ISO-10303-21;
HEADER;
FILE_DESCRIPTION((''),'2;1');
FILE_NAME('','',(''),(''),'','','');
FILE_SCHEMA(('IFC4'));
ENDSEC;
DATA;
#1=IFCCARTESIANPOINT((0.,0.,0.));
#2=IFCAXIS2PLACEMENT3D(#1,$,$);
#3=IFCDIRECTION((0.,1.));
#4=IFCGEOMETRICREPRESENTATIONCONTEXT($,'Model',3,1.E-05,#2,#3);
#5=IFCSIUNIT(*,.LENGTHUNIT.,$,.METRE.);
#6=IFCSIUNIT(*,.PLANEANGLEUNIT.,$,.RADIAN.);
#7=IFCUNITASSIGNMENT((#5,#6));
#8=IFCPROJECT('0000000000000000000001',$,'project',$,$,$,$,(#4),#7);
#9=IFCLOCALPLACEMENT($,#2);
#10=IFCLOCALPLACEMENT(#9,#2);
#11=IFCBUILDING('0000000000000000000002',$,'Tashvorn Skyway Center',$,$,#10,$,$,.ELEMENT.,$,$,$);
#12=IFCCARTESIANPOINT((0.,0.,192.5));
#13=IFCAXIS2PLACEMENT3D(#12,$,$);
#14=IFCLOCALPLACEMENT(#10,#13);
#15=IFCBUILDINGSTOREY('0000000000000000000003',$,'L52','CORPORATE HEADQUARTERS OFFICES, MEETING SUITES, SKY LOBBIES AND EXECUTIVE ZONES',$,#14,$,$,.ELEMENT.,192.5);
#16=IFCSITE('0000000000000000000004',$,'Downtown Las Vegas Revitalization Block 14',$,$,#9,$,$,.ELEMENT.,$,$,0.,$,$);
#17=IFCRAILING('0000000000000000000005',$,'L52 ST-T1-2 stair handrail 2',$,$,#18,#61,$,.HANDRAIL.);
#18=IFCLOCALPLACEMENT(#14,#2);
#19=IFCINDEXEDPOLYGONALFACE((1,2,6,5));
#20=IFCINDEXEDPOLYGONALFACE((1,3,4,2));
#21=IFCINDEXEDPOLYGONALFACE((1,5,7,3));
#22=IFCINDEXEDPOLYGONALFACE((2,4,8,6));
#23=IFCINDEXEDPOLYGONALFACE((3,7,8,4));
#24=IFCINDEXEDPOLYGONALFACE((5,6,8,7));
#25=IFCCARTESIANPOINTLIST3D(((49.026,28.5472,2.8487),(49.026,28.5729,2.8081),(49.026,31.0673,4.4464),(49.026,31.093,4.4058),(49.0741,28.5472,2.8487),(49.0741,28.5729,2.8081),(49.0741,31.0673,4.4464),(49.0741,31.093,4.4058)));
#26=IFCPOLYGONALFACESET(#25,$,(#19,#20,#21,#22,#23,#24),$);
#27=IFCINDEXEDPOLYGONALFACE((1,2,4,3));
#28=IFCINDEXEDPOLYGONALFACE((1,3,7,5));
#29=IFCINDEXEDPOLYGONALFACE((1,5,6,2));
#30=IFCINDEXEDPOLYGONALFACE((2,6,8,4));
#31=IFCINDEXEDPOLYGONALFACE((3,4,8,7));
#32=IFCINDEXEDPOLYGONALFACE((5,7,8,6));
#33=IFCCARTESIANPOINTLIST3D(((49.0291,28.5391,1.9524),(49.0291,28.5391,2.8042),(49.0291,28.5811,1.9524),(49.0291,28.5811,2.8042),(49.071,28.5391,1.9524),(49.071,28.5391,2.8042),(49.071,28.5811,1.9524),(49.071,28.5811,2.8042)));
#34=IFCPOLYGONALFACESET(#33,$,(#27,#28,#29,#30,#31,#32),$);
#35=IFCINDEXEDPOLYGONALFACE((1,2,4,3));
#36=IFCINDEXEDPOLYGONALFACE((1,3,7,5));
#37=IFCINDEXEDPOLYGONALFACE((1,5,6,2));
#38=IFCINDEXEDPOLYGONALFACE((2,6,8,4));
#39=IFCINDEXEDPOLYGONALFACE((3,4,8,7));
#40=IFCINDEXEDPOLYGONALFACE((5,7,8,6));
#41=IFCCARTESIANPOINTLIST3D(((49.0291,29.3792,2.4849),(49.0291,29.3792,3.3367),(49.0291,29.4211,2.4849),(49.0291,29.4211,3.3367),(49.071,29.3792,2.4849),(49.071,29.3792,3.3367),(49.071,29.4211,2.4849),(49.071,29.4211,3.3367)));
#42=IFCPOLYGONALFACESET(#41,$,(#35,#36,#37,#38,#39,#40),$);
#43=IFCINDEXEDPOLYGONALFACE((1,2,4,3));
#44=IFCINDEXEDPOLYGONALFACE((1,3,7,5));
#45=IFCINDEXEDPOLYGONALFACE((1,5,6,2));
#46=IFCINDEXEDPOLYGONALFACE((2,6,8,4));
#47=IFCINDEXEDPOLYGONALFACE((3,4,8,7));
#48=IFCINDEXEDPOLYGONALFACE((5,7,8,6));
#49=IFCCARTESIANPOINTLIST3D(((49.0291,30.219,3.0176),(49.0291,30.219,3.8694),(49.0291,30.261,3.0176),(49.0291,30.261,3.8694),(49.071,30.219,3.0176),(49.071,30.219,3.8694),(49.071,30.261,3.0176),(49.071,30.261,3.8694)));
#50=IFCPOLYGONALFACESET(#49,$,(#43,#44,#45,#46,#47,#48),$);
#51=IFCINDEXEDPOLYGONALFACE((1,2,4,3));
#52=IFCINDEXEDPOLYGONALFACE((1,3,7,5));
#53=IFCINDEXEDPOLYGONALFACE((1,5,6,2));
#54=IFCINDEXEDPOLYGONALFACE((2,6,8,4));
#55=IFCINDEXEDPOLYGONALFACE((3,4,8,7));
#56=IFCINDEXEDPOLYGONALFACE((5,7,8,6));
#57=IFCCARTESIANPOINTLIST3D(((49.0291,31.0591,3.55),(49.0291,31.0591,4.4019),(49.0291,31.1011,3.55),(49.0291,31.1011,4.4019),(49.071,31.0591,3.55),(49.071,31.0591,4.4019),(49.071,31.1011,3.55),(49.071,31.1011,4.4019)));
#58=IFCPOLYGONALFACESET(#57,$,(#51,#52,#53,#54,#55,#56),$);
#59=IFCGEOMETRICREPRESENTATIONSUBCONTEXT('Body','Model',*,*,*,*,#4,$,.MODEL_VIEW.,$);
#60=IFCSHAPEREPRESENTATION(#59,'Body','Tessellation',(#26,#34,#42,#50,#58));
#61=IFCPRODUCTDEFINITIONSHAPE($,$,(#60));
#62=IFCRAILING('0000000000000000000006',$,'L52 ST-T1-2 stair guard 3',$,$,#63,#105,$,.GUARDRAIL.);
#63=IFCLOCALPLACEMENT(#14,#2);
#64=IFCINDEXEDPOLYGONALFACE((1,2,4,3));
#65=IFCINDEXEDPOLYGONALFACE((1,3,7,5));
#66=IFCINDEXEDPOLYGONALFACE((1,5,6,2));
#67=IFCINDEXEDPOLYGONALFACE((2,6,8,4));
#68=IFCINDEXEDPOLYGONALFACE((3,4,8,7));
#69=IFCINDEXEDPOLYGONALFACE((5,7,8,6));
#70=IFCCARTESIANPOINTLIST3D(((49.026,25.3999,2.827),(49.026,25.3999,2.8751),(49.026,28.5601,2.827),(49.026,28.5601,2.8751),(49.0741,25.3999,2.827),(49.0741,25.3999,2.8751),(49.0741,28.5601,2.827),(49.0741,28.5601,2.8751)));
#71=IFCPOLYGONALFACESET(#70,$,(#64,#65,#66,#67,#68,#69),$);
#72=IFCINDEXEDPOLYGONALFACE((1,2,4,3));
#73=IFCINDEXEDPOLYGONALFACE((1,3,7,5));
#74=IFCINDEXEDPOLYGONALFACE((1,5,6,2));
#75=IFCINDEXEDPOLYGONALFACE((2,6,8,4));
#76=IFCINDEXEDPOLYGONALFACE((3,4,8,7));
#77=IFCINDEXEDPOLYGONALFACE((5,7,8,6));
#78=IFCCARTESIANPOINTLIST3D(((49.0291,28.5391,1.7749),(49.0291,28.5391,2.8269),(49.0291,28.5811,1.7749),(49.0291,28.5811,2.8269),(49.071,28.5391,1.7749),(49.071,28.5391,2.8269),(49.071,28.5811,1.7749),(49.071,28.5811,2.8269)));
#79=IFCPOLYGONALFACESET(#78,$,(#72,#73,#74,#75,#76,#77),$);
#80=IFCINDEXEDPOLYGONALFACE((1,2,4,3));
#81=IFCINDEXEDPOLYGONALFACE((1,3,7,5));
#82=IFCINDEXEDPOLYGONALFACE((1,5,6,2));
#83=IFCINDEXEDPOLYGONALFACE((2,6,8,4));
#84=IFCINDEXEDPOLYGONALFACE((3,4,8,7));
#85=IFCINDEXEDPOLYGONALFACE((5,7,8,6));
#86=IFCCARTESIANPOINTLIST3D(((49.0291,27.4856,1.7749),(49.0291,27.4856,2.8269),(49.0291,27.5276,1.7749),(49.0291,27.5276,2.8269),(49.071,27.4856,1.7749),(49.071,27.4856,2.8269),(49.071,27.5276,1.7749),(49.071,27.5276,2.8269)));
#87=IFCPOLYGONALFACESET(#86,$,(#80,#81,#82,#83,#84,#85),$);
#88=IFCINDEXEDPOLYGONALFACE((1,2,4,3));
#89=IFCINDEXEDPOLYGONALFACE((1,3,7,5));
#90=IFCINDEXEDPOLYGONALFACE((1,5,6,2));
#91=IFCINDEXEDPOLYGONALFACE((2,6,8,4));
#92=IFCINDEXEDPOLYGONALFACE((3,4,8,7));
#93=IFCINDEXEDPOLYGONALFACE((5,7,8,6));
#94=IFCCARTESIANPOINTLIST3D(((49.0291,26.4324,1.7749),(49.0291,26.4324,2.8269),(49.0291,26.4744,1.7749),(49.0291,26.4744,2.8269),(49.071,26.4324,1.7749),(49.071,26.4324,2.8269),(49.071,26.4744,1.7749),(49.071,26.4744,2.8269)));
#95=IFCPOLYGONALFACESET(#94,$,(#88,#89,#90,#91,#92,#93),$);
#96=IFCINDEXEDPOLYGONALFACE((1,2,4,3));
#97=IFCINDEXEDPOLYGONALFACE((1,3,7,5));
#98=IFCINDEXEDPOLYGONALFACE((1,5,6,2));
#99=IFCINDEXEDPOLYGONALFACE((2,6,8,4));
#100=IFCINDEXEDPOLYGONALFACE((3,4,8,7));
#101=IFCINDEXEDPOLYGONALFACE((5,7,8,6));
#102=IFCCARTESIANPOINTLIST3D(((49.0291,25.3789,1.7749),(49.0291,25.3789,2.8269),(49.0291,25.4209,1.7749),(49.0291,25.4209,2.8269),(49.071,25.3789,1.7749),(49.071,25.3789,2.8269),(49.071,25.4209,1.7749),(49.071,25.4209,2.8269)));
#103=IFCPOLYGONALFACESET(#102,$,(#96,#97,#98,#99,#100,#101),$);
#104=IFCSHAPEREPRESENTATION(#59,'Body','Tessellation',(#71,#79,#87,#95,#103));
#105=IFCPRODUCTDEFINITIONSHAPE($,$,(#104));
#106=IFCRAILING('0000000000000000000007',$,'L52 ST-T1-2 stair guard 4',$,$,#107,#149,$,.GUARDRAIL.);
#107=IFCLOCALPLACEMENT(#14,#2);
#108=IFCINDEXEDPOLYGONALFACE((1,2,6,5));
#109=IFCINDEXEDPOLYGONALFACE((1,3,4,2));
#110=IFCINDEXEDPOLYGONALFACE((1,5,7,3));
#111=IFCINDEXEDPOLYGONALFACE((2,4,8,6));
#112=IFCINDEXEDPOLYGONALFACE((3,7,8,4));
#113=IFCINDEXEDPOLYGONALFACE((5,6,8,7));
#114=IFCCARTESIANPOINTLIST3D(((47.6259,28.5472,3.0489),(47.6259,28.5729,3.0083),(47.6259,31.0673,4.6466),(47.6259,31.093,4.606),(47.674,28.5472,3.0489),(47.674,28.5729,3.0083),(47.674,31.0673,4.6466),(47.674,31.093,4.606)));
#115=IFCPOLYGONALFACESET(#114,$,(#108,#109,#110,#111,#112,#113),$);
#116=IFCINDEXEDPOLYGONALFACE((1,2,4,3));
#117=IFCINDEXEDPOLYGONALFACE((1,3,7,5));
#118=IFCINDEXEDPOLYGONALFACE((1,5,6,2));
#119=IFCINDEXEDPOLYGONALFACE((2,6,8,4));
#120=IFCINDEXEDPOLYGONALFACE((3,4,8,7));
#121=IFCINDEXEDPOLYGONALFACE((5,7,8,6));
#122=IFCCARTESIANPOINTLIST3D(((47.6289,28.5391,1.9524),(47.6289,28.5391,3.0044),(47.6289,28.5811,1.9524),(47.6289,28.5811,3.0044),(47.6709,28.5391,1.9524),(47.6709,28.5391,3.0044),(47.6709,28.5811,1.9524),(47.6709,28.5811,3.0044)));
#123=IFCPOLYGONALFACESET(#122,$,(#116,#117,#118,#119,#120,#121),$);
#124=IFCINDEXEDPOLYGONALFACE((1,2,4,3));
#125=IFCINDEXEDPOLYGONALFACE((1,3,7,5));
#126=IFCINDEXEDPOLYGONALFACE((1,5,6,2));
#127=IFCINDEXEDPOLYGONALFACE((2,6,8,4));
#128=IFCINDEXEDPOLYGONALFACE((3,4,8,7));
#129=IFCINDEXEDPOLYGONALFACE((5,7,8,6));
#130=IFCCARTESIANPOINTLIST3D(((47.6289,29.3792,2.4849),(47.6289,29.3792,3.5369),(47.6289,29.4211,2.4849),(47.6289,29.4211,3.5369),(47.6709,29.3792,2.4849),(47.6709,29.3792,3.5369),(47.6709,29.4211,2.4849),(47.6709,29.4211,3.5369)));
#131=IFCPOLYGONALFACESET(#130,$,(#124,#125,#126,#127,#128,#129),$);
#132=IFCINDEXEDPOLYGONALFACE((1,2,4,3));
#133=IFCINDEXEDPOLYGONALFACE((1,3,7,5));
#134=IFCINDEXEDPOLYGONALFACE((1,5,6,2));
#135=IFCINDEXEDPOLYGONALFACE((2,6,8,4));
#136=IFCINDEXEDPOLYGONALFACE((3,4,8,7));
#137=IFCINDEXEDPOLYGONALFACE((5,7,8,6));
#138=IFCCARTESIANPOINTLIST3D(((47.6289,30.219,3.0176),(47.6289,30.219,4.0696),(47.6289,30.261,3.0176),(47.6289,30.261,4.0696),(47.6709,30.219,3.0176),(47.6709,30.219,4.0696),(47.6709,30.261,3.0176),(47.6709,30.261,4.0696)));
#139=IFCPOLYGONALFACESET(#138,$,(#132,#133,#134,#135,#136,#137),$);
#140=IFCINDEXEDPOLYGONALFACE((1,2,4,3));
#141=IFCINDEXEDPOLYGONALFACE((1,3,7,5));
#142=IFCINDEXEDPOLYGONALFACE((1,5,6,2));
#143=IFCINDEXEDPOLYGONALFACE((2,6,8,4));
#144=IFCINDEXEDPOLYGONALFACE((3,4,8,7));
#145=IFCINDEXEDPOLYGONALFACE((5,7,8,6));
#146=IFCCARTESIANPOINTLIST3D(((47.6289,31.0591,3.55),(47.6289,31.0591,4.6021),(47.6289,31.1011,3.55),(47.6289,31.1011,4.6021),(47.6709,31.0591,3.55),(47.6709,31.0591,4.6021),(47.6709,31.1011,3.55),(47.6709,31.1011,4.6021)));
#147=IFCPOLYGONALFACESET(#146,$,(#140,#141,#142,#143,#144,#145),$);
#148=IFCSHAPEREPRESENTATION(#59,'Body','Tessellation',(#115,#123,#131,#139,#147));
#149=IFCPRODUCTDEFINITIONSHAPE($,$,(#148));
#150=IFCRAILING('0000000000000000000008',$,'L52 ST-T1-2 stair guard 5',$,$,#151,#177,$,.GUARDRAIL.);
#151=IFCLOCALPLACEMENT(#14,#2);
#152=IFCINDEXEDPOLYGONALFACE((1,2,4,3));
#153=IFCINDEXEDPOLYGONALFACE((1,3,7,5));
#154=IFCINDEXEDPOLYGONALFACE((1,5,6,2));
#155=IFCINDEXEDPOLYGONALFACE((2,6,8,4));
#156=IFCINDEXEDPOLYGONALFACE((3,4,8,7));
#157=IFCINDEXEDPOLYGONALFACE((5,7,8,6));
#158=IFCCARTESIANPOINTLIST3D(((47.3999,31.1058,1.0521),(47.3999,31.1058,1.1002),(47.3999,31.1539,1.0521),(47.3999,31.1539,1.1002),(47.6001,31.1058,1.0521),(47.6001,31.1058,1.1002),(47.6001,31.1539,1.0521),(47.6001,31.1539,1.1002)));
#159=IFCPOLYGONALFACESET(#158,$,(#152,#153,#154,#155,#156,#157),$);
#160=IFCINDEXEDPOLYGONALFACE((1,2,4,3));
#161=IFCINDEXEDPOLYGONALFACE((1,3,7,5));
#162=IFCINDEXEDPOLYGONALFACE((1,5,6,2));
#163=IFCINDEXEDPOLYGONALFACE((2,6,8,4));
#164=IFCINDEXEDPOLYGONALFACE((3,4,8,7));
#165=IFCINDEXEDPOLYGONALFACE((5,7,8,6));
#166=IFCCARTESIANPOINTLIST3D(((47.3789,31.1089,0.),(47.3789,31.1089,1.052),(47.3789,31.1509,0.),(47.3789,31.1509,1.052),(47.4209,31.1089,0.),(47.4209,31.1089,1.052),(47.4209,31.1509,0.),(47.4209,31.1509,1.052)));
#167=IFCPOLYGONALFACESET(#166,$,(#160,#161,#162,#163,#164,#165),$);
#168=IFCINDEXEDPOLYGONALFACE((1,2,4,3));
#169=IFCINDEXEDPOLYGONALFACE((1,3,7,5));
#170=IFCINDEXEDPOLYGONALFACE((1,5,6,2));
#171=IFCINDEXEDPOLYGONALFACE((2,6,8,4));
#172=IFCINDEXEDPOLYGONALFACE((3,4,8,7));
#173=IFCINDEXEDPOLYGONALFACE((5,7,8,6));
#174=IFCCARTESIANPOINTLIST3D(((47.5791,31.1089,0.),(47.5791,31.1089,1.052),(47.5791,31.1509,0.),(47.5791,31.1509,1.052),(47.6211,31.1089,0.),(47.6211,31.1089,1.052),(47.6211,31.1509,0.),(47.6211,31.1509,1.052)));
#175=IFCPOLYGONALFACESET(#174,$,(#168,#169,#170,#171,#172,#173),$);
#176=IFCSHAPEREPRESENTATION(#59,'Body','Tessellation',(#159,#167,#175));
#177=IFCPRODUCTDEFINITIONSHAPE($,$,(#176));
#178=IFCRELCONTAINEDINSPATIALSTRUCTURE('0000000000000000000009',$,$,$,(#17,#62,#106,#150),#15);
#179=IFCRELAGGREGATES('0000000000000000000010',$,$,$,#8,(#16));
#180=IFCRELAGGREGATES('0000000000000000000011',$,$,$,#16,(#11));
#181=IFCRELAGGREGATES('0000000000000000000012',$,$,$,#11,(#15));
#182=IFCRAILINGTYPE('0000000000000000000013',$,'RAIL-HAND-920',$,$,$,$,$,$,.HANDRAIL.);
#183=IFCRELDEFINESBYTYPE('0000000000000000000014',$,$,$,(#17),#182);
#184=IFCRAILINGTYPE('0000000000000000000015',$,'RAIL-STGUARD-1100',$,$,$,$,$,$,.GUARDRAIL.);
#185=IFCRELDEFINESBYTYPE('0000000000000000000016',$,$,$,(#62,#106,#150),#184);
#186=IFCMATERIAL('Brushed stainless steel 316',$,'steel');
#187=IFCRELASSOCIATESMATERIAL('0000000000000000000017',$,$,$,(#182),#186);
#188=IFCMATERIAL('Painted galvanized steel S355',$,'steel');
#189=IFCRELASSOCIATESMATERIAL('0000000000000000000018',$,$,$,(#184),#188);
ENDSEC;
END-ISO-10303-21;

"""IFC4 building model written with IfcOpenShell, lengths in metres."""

from ifc_helpers import new_model, si_unit, direction, frame, origin, origin_2d, place, context, subcontext, project, spatial, rectangle, extrude, material, type_object, element, save


model = new_model("IFC4")

# Units and contexts
model_context = context("Model", 3, precision=1e-05, world=origin(), true_north=direction((0.0, 1.0)))
body_context = subcontext(model_context, "Body", "Model", "MODEL_VIEW")
ifc_project = project(units=[si_unit("LENGTHUNIT", "METRE"), si_unit("PLANEANGLEUNIT", "RADIAN")], contexts=[model_context])

# Site, building, storey
site_placement = place(None, origin())
site = spatial("IfcSite", under=ifc_project, at=site_placement, Name="Downtown Las Vegas Revitalization Block 14", CompositionType="ELEMENT", RefElevation=0.0)
building_placement = place(site_placement, origin())
building = spatial("IfcBuilding", under=site, at=building_placement, Name="Tashvorn Skyway Center", CompositionType="ELEMENT")
storey_placement = place(building_placement, frame((0.0, 0.0, 192.5)))
storey = spatial("IfcBuildingStorey", under=building, at=storey_placement, Name="L52", Description="CORPORATE HEADQUARTERS OFFICES, MEETING SUITES, SKY LOBBIES AND EXECUTIVE ZONES", CompositionType="ELEMENT", Elevation=192.5)

# Railings
ifc_material_1 = material(Name="Brushed stainless steel 316", Category="steel")
railing_type_1 = type_object("IfcRailingType", Name="RAIL-HAND-920", PredefinedType="HANDRAIL", material=ifc_material_1)
railing_1_placement = place(storey_placement, frame((49.05, 28.5601, 1.9524)))
element("IfcRailing", 1, at=railing_1_placement, inside=storey, type_object=railing_type_1, Name="L52 ST-T1-2 stair handrail 2", PredefinedType="HANDRAIL", context=body_context, shape_type="SweptSolid", body=[
    extrude(rectangle(XDim=0.0481, YDim=0.0481, at=origin_2d()), frame((0.0, 0.0, 0.876), z_axis=(0.0, 0.84457, 0.535445), x_axis=(-1.0, 0.0, 0.0)), (0.0, 0.0, 1.0), 2.9839),
    extrude(rectangle(XDim=0.042, YDim=0.042, at=origin_2d()), origin(), (0.0, 0.0, 1.0), 0.8518),
    extrude(rectangle(XDim=0.042, YDim=0.042, at=origin_2d()), frame((0.0, 0.8401, 0.5325)), (0.0, 0.0, 1.0), 0.8518),
    extrude(rectangle(XDim=0.042, YDim=0.042, at=origin_2d()), frame((0.0, 1.6799, 1.0652)), (0.0, 0.0, 1.0), 0.8518),
    extrude(rectangle(XDim=0.042, YDim=0.042, at=origin_2d()), frame((0.0, 2.52, 1.5977)), (0.0, 0.0, 1.0), 0.8518),
])
ifc_material_2 = material(Name="Painted galvanized steel S355", Category="steel")
railing_type_2 = type_object("IfcRailingType", Name="RAIL-STGUARD-1100", PredefinedType="GUARDRAIL", material=ifc_material_2)
railing_2_placement = place(storey_placement, frame((49.05, 28.5601, 1.7749)))
element("IfcRailing", 2, at=railing_2_placement, inside=storey, type_object=railing_type_2, Name="L52 ST-T1-2 stair guard 3", PredefinedType="GUARDRAIL", context=body_context, shape_type="SweptSolid", body=[
    extrude(rectangle(XDim=0.0481, YDim=0.0481, at=origin_2d()), frame((0.0, 0.0, 1.0762), z_axis=(0.0, -1.0, 0.0), x_axis=(1.0, 0.0, 0.0)), (0.0, 0.0, 1.0), 3.1602),
    extrude(rectangle(XDim=0.042, YDim=0.042, at=origin_2d()), origin(), (0.0, 0.0, 1.0), 1.052),
    extrude(rectangle(XDim=0.042, YDim=0.042, at=origin_2d()), frame((0.0, -1.0535, 0.0)), (0.0, 0.0, 1.0), 1.052),
    extrude(rectangle(XDim=0.042, YDim=0.042, at=origin_2d()), frame((0.0, -2.1067, 0.0)), (0.0, 0.0, 1.0), 1.052),
    extrude(rectangle(XDim=0.042, YDim=0.042, at=origin_2d()), frame((0.0, -3.1602, 0.0)), (0.0, 0.0, 1.0), 1.052),
])
railing_3_placement = place(storey_placement, frame((47.6499, 28.5601, 1.9524)))
element("IfcRailing", 3, at=railing_3_placement, inside=storey, type_object=railing_type_2, Name="L52 ST-T1-2 stair guard 4", PredefinedType="GUARDRAIL", context=body_context, shape_type="SweptSolid", body=[
    extrude(rectangle(XDim=0.0481, YDim=0.0481, at=origin_2d()), frame((0.0, 0.0, 1.0762), z_axis=(0.0, 0.84457, 0.535445), x_axis=(-1.0, 0.0, 0.0)), (0.0, 0.0, 1.0), 2.9839),
    extrude(rectangle(XDim=0.042, YDim=0.042, at=origin_2d()), origin(), (0.0, 0.0, 1.0), 1.052),
    extrude(rectangle(XDim=0.042, YDim=0.042, at=origin_2d()), frame((0.0, 0.8401, 0.5325)), (0.0, 0.0, 1.0), 1.052),
    extrude(rectangle(XDim=0.042, YDim=0.042, at=origin_2d()), frame((0.0, 1.6799, 1.0652)), (0.0, 0.0, 1.0), 1.052),
    extrude(rectangle(XDim=0.042, YDim=0.042, at=origin_2d()), frame((0.0, 2.52, 1.5977)), (0.0, 0.0, 1.0), 1.052),
])
railing_4_placement = place(storey_placement, frame((47.3999, 31.1299, 0.0)))
element("IfcRailing", 4, at=railing_4_placement, inside=storey, type_object=railing_type_2, Name="L52 ST-T1-2 stair guard 5", PredefinedType="GUARDRAIL", context=body_context, shape_type="SweptSolid", body=[
    extrude(rectangle(XDim=0.0481, YDim=0.0481, at=origin_2d()), frame((0.0, 0.0, 1.0762), z_axis=(1.0, 0.0, 0.0), x_axis=(0.0, 1.0, 0.0)), (0.0, 0.0, 1.0), 0.2002),
    extrude(rectangle(XDim=0.042, YDim=0.042, at=origin_2d()), origin(), (0.0, 0.0, 1.0), 1.052),
    extrude(rectangle(XDim=0.042, YDim=0.042, at=origin_2d()), frame((0.2002, 0.0, 0.0)), (0.0, 0.0, 1.0), 1.052),
])

save(model, "model.ifc")
